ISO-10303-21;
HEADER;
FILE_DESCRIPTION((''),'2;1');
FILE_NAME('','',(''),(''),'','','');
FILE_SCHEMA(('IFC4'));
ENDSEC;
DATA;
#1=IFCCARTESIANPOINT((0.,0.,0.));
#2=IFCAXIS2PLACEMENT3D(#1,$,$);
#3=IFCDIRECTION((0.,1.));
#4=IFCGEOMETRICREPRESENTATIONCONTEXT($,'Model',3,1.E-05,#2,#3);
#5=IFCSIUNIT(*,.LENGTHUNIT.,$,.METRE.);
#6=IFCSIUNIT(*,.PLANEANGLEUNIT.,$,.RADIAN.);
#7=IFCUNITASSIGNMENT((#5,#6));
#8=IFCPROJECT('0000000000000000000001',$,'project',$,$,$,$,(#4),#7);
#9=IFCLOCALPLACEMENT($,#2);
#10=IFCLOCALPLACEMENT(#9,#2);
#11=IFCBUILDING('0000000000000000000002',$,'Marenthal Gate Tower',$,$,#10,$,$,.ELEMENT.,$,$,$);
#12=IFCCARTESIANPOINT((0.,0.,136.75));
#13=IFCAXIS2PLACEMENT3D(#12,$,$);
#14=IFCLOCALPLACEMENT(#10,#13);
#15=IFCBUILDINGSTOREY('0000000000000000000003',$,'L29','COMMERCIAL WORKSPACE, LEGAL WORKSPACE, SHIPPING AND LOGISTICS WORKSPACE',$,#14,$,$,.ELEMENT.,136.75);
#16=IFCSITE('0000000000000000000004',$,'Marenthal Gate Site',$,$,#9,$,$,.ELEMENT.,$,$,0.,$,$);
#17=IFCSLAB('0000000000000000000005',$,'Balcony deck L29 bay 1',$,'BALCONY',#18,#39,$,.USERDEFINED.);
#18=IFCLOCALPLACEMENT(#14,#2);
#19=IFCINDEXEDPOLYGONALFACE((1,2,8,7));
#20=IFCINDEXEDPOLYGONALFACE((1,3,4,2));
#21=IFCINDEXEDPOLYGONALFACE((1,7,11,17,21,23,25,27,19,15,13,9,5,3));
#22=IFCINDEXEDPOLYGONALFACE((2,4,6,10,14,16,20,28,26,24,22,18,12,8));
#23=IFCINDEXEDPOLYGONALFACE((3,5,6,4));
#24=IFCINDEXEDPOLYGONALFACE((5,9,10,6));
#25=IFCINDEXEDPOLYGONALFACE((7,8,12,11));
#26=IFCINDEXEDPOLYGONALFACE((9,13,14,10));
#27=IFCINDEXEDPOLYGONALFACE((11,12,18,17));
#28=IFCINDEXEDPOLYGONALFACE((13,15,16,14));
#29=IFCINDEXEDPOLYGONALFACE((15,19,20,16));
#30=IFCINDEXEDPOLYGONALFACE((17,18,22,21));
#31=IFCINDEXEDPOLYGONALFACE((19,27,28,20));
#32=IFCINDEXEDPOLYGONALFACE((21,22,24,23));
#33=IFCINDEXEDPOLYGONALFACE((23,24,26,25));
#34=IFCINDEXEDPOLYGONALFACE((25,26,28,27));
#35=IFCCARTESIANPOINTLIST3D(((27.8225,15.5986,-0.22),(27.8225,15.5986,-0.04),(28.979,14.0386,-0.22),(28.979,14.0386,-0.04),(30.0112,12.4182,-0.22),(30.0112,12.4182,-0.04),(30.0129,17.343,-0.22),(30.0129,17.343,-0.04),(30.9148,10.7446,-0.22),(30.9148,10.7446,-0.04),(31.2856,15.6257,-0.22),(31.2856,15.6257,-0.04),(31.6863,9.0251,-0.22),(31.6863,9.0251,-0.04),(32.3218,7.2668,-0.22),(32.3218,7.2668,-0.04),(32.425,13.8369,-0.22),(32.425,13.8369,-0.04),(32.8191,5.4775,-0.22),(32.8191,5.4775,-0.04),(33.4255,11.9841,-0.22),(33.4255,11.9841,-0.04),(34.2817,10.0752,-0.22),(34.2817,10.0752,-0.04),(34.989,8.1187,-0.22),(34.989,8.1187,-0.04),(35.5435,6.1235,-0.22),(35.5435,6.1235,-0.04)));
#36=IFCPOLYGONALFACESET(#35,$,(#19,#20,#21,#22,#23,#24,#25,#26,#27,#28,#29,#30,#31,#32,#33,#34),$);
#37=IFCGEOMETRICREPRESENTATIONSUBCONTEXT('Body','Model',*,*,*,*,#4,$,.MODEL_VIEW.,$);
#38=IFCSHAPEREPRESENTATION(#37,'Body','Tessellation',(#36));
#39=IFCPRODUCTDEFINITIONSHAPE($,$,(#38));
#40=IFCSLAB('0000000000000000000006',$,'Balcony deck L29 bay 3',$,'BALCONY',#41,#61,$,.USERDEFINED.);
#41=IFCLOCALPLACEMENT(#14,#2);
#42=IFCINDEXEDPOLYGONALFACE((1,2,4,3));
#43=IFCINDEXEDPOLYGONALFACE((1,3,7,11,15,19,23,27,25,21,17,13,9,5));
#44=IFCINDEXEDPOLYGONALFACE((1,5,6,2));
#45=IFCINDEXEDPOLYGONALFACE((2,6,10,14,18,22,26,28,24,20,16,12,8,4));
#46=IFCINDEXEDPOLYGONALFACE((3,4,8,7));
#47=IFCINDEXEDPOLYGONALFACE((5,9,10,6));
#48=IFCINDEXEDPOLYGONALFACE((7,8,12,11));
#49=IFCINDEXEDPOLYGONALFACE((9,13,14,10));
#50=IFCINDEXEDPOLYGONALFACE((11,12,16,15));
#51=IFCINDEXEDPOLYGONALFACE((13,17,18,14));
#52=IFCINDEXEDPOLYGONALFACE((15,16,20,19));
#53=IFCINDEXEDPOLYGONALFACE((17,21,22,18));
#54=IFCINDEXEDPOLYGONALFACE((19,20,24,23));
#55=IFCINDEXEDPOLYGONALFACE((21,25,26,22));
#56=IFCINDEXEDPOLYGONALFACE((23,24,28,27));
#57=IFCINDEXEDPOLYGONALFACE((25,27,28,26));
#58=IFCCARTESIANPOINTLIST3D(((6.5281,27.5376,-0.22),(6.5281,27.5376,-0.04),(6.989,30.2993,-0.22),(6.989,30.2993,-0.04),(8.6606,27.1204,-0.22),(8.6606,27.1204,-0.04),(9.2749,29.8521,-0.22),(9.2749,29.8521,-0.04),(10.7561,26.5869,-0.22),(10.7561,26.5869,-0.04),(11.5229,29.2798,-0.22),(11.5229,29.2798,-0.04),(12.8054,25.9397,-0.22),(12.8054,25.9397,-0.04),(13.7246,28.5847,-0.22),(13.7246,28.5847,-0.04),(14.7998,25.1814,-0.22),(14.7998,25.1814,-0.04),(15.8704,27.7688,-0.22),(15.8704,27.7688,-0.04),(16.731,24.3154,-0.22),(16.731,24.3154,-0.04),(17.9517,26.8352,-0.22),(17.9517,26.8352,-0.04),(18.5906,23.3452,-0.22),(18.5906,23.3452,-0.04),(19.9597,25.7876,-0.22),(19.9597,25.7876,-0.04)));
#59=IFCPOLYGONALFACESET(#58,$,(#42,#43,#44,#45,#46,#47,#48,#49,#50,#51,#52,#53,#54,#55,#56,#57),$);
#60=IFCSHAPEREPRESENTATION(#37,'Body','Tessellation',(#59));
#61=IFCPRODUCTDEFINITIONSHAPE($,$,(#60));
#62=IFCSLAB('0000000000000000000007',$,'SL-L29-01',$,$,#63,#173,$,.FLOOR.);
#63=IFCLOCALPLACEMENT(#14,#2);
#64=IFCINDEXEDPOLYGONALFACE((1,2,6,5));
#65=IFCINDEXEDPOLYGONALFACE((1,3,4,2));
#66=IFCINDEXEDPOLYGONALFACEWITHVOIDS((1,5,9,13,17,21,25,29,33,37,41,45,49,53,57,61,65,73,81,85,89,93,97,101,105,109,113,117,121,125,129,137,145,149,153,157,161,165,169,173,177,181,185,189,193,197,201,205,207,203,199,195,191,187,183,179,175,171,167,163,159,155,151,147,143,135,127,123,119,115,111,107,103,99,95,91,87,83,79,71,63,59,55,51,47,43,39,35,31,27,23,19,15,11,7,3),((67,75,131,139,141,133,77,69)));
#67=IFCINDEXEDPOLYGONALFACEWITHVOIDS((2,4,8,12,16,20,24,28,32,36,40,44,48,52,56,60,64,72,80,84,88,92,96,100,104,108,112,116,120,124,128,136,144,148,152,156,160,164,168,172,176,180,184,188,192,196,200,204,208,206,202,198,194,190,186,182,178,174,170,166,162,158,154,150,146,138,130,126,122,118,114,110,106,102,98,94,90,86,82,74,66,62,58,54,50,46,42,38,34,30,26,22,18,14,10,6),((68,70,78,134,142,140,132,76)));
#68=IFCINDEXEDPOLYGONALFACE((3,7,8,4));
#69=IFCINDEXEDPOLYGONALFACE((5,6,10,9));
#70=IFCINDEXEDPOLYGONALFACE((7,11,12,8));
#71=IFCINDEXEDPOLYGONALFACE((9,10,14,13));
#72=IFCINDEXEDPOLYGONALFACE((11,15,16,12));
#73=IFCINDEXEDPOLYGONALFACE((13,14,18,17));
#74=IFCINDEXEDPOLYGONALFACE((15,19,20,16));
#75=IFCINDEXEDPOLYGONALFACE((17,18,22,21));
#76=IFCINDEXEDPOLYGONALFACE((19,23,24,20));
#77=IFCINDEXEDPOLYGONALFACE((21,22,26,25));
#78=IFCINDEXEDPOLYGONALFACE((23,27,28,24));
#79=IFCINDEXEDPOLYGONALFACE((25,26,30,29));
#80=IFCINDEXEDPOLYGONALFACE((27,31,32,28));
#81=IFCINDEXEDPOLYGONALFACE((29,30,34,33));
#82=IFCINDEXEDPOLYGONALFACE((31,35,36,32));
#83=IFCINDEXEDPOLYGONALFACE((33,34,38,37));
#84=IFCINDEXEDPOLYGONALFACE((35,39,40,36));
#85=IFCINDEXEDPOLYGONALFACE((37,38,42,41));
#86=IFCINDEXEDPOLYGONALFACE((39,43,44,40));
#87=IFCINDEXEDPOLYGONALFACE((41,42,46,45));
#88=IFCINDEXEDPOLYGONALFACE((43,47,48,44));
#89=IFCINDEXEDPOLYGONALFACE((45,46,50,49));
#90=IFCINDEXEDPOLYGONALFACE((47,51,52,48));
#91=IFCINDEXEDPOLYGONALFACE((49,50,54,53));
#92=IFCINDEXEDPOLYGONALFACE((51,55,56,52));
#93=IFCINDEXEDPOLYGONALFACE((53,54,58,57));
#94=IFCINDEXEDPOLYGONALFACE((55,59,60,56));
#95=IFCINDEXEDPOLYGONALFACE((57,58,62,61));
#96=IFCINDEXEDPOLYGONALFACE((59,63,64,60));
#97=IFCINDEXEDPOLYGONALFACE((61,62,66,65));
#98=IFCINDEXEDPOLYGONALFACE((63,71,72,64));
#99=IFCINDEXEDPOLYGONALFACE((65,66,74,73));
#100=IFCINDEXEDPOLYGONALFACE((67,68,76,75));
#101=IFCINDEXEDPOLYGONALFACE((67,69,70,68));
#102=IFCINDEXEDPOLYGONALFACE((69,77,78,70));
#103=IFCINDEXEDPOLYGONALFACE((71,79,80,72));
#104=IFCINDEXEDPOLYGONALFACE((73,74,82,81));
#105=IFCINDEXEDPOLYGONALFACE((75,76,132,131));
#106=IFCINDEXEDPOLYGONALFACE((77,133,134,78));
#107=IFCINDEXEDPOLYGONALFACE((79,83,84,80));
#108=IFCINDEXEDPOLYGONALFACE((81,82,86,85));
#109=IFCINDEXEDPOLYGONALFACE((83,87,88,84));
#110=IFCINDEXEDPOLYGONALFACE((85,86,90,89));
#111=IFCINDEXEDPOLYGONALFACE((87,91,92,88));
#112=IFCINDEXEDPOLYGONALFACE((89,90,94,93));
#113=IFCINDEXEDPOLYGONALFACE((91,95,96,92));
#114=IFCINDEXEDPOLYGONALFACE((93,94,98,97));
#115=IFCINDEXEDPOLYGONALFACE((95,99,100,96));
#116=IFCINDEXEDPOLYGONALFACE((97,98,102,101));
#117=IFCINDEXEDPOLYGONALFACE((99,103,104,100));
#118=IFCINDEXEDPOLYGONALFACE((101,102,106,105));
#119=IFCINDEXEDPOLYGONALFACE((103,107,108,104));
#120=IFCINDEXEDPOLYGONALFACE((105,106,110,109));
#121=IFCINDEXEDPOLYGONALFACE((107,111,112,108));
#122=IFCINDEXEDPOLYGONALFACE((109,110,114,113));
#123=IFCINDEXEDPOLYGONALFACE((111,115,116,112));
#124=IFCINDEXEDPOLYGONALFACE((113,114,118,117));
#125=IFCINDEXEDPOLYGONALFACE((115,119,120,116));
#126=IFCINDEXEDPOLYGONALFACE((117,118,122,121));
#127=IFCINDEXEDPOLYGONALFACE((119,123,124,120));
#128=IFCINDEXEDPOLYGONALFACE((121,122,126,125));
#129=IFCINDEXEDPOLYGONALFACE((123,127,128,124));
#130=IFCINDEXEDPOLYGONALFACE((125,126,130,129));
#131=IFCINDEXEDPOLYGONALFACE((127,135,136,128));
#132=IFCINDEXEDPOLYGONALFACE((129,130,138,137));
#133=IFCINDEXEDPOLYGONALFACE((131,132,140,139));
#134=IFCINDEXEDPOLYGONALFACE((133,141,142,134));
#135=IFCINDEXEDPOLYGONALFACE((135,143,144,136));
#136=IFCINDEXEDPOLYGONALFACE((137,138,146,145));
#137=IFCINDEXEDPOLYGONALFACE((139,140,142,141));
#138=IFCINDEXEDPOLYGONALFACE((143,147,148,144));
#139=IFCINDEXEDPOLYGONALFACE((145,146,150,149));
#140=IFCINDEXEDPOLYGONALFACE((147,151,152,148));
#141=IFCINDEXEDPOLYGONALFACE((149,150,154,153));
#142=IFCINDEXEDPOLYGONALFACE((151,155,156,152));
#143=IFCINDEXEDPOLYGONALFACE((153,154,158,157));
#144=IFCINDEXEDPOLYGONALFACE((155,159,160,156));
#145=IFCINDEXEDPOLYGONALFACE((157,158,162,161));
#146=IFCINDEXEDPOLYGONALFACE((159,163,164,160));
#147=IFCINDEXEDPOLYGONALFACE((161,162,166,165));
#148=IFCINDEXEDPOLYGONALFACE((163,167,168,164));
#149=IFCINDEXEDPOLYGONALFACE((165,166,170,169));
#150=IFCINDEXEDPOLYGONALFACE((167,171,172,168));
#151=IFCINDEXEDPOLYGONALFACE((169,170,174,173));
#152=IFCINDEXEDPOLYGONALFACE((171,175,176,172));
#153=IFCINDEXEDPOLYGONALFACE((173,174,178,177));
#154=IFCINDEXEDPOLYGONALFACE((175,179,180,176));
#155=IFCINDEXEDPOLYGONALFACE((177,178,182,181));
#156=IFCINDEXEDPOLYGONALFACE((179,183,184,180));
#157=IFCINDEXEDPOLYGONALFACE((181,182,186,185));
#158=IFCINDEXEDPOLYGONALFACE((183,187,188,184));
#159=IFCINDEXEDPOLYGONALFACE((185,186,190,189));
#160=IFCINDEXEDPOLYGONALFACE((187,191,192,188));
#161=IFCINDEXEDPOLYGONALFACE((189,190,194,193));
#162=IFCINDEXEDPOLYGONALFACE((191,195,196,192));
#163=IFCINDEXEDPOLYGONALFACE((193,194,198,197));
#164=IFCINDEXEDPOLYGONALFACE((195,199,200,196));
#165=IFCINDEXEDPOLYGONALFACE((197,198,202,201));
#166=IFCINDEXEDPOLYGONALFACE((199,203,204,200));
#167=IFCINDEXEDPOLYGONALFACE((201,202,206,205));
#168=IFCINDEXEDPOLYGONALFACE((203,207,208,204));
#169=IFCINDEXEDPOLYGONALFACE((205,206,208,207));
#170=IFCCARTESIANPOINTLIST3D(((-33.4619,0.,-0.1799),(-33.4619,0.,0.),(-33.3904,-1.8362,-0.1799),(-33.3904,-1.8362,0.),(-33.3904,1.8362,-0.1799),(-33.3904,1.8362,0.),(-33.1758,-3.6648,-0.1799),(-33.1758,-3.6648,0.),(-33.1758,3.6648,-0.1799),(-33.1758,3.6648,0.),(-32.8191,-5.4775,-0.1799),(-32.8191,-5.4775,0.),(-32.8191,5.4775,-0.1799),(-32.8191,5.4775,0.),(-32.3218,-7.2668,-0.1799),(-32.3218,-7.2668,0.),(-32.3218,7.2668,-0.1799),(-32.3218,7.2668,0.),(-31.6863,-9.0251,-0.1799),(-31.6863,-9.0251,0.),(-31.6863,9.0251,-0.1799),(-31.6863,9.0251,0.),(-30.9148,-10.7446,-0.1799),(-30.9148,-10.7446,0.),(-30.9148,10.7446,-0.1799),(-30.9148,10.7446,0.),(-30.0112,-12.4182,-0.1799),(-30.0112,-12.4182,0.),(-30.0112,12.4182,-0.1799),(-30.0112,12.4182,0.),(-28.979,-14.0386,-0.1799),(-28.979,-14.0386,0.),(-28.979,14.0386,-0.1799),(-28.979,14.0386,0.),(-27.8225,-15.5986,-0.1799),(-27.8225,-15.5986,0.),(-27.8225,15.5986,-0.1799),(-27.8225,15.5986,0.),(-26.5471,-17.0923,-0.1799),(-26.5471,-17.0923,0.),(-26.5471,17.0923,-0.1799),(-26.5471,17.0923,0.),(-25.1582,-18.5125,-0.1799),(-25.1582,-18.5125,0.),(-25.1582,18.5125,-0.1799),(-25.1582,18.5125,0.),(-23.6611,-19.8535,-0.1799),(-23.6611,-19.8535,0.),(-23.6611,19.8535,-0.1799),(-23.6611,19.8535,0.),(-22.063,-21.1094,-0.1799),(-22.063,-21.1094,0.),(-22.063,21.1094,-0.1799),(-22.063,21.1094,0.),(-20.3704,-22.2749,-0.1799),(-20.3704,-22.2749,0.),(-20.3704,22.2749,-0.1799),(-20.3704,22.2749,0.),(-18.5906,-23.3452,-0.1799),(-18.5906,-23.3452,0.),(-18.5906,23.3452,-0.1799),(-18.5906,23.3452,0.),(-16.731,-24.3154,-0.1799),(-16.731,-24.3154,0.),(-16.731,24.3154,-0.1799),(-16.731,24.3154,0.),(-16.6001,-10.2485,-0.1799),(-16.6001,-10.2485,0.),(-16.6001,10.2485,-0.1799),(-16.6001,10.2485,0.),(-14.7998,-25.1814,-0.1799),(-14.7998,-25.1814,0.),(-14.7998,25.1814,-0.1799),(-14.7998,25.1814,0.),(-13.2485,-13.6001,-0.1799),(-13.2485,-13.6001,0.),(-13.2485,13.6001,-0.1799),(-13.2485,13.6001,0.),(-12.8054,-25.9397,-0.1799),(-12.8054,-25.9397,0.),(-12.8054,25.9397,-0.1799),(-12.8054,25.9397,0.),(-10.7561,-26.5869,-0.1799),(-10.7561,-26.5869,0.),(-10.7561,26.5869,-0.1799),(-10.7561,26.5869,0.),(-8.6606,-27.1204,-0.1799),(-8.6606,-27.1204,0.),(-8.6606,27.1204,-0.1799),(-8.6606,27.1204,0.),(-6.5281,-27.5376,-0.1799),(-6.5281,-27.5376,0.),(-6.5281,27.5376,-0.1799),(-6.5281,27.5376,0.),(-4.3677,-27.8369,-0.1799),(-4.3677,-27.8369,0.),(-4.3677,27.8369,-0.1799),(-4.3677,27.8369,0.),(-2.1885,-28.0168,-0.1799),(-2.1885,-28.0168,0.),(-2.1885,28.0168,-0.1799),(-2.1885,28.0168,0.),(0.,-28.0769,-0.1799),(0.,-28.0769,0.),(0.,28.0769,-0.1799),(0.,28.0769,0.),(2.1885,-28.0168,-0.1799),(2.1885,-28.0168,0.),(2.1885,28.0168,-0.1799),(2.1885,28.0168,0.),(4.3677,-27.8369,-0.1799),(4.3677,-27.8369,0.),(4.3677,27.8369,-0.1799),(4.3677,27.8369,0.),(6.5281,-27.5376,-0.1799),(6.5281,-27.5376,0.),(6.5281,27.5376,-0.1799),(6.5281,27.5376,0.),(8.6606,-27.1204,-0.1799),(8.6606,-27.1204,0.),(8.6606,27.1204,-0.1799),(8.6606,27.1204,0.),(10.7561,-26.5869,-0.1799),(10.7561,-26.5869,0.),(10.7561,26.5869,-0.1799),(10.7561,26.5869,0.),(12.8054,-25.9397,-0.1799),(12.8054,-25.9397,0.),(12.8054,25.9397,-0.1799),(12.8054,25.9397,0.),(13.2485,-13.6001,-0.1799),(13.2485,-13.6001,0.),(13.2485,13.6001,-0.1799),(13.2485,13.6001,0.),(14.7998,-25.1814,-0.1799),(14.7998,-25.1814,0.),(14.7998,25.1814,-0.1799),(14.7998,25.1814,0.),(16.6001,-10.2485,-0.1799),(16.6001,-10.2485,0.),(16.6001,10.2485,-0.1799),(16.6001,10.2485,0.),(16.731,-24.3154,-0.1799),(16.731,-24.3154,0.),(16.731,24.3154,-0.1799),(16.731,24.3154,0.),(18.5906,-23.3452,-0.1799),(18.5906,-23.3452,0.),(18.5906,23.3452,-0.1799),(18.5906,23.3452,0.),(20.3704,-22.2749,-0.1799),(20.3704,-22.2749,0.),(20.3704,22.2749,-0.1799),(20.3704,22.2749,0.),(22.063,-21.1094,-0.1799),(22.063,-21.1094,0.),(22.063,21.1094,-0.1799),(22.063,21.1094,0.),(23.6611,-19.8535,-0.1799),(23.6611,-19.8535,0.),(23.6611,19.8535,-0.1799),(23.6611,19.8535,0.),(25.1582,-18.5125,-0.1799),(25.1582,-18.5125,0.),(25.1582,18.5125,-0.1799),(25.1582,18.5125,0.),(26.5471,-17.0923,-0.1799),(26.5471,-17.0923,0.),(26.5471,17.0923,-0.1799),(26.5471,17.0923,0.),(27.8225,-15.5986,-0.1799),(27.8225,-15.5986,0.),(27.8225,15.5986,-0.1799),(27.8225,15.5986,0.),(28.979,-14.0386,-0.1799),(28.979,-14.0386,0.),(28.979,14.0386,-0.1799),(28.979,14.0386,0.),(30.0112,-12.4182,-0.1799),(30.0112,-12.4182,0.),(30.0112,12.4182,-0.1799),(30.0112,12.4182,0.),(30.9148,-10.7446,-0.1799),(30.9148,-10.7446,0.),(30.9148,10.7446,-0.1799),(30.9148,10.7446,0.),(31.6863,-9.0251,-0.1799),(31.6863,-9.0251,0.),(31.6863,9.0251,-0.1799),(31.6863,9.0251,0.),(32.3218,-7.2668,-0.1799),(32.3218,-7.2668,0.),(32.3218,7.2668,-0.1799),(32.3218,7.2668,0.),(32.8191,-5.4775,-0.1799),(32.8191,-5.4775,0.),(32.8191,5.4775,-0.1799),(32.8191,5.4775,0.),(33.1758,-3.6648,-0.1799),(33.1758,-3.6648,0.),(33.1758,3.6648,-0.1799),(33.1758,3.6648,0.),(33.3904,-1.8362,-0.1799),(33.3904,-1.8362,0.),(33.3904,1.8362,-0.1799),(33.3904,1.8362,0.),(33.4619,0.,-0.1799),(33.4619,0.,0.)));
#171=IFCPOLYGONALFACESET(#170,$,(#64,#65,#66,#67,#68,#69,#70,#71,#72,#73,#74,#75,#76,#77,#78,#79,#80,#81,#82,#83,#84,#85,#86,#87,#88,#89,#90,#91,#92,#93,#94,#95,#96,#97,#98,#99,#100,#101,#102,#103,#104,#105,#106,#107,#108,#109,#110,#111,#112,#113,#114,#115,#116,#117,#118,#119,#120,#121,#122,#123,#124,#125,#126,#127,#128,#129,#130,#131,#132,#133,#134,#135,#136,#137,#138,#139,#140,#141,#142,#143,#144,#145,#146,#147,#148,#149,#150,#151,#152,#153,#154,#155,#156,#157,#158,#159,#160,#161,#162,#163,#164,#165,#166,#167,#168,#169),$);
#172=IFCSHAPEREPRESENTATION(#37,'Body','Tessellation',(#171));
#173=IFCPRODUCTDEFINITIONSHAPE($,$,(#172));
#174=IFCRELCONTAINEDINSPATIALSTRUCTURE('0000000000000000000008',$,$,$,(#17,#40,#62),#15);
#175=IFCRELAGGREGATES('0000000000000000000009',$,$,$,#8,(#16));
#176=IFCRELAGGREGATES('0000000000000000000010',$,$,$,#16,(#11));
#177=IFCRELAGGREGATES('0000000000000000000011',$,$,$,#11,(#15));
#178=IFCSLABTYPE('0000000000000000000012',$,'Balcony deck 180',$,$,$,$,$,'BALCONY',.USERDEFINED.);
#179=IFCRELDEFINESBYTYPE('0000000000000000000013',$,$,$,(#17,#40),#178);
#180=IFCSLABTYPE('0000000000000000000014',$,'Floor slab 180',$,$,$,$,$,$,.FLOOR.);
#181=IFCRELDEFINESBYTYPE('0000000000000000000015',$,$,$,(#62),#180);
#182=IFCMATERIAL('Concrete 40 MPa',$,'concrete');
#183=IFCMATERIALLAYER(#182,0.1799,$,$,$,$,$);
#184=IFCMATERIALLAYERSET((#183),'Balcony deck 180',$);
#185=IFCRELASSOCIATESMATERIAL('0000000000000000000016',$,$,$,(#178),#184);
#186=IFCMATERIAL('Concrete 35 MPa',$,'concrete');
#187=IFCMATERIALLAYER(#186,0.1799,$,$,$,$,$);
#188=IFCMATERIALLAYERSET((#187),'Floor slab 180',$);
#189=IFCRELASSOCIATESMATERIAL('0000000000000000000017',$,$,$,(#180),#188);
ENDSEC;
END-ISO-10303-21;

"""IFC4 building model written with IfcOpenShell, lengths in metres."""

from ifc_helpers import new_model, si_unit, direction, frame, origin, place, context, subcontext, project, spatial, polyline, outline, extrude, material, layer, layer_set, type_object, element, save


model = new_model("IFC4")

# Units and contexts
model_context = context("Model", 3, precision=1e-05, world=origin(), true_north=direction((0.0, 1.0)))
body_context = subcontext(model_context, "Body", "Model", "MODEL_VIEW")
ifc_project = project(units=[si_unit("LENGTHUNIT", "METRE"), si_unit("PLANEANGLEUNIT", "RADIAN")], contexts=[model_context])

# Site, building, storey
site_placement = place(None, origin())
site = spatial("IfcSite", under=ifc_project, at=site_placement, Name="Marenthal Gate Site", CompositionType="ELEMENT", RefElevation=0.0)
building_placement = place(site_placement, origin())
building = spatial("IfcBuilding", under=site, at=building_placement, Name="Marenthal Gate Tower", CompositionType="ELEMENT")
storey_placement = place(building_placement, frame((0.0, 0.0, 136.75)))
storey = spatial("IfcBuildingStorey", under=building, at=storey_placement, Name="L29", Description="COMMERCIAL WORKSPACE, LEGAL WORKSPACE, SHIPPING AND LOGISTICS WORKSPACE", CompositionType="ELEMENT", Elevation=136.75)

# Slabs
ifc_material_1 = material(Name="Concrete 40 MPa", Category="concrete")
ifc_layer_1 = layer(ifc_material_1, 0.1799)
ifc_layer_set_1 = layer_set([ifc_layer_1], Name="Balcony deck 180")
slab_type_1 = type_object("IfcSlabType", Name="Balcony deck 180", ElementType="BALCONY", PredefinedType="USERDEFINED", material=ifc_layer_set_1)
slab_1_placement = place(storey_placement, frame((0.0, 0.0, -0.22)))
element("IfcSlab", 1, at=slab_1_placement, inside=storey, type_object=slab_type_1, Name="Balcony deck L29 bay 1", ObjectType="BALCONY", PredefinedType="USERDEFINED", context=body_context, shape_type="SweptSolid", body=[
    extrude(outline(polyline([(32.8191, 5.4775), (32.3218, 7.2668), (31.6863, 9.0251), (30.9148, 10.7446), (30.0112, 12.4182), (28.979, 14.0386), (27.8225, 15.5986), (30.0129, 17.343), (31.2856, 15.6257), (32.425, 13.8369), (33.4255, 11.9841), (34.2817, 10.0752), (34.989, 8.1187), (35.5435, 6.1235), (32.8191, 5.4775)])), origin(), (0.0, 0.0, 1.0), 0.1799),
])
slab_2_placement = place(storey_placement, frame((0.0, 0.0, -0.22)))
element("IfcSlab", 2, at=slab_2_placement, inside=storey, type_object=slab_type_1, Name="Balcony deck L29 bay 3", ObjectType="BALCONY", PredefinedType="USERDEFINED", context=body_context, shape_type="SweptSolid", body=[
    extrude(outline(polyline([(18.5906, 23.3452), (16.731, 24.3154), (14.7998, 25.1814), (12.8054, 25.9397), (10.7561, 26.5869), (8.6606, 27.1204), (6.5281, 27.5376), (6.989, 30.2993), (9.2749, 29.8521), (11.5229, 29.2798), (13.7246, 28.5847), (15.8704, 27.7688), (17.9517, 26.8352), (19.9597, 25.7876), (18.5906, 23.3452)])), origin(), (0.0, 0.0, 1.0), 0.1799),
])
ifc_material_2 = material(Name="Concrete 35 MPa", Category="concrete")
ifc_layer_2 = layer(ifc_material_2, 0.1799)
ifc_layer_set_2 = layer_set([ifc_layer_2], Name="Floor slab 180")
slab_type_2 = type_object("IfcSlabType", Name="Floor slab 180", PredefinedType="FLOOR", material=ifc_layer_set_2)
slab_3_placement = place(storey_placement, frame((0.0, 0.0, -0.1799)))
element("IfcSlab", 3, at=slab_3_placement, inside=storey, type_object=slab_type_2, Name="SL-L29-01", PredefinedType="FLOOR", context=body_context, shape_type="SweptSolid", body=[
    extrude(outline(polyline([(33.4619, 0.0), (33.3904, 1.8362), (33.1758, 3.6648), (32.8191, 5.4775), (32.3218, 7.2668), (31.6863, 9.0251), (30.9148, 10.7446), (30.0112, 12.4182), (28.979, 14.0386), (27.8225, 15.5986), (26.5471, 17.0923), (25.1582, 18.5125), (23.6611, 19.8535), (22.063, 21.1094), (20.3704, 22.2749), (18.5906, 23.3452), (16.731, 24.3154), (14.7998, 25.1814), (12.8054, 25.9397), (10.7561, 26.5869), (8.6606, 27.1204), (6.5281, 27.5376), (4.3677, 27.8369), (2.1885, 28.0168), (0.0, 28.0769), (-2.1885, 28.0168), (-4.3677, 27.8369), (-6.5281, 27.5376), (-8.6606, 27.1204), (-10.7561, 26.5869), (-12.8054, 25.9397), (-14.7998, 25.1814), (-16.731, 24.3154), (-18.5906, 23.3452), (-20.3704, 22.2749), (-22.063, 21.1094), (-23.6611, 19.8535), (-25.1582, 18.5125), (-26.5471, 17.0923), (-27.8225, 15.5986), (-28.979, 14.0386), (-30.0112, 12.4182), (-30.9148, 10.7446), (-31.6863, 9.0251), (-32.3218, 7.2668), (-32.8191, 5.4775), (-33.1758, 3.6648), (-33.3904, 1.8362), (-33.4619, 0.0), (-33.3904, -1.8362), (-33.1758, -3.6648), (-32.8191, -5.4775), (-32.3218, -7.2668), (-31.6863, -9.0251), (-30.9148, -10.7446), (-30.0112, -12.4182), (-28.979, -14.0386), (-27.8225, -15.5986), (-26.5471, -17.0923), (-25.1582, -18.5125), (-23.6611, -19.8535), (-22.063, -21.1094), (-20.3704, -22.2749), (-18.5906, -23.3452), (-16.731, -24.3154), (-14.7998, -25.1814), (-12.8054, -25.9397), (-10.7561, -26.5869), (-8.6606, -27.1204), (-6.5281, -27.5376), (-4.3677, -27.8369), (-2.1885, -28.0168), (0.0, -28.0769), (2.1885, -28.0168), (4.3677, -27.8369), (6.5281, -27.5376), (8.6606, -27.1204), (10.7561, -26.5869), (12.8054, -25.9397), (14.7998, -25.1814), (16.731, -24.3154), (18.5906, -23.3452), (20.3704, -22.2749), (22.063, -21.1094), (23.6611, -19.8535), (25.1582, -18.5125), (26.5471, -17.0923), (27.8225, -15.5986), (28.979, -14.0386), (30.0112, -12.4182), (30.9148, -10.7446), (31.6863, -9.0251), (32.3218, -7.2668), (32.8191, -5.4775), (33.1758, -3.6648), (33.3904, -1.8362), (33.4619, 0.0)]), holes=[polyline([(13.2485, -13.6001), (16.6001, -10.2485), (16.6001, 10.2485), (13.2485, 13.6001), (-13.2485, 13.6001), (-16.6001, 10.2485), (-16.6001, -10.2485), (-13.2485, -13.6001), (13.2485, -13.6001)])]), origin(), (0.0, 0.0, 1.0), 0.1799),
])

save(model, "model.ifc")
